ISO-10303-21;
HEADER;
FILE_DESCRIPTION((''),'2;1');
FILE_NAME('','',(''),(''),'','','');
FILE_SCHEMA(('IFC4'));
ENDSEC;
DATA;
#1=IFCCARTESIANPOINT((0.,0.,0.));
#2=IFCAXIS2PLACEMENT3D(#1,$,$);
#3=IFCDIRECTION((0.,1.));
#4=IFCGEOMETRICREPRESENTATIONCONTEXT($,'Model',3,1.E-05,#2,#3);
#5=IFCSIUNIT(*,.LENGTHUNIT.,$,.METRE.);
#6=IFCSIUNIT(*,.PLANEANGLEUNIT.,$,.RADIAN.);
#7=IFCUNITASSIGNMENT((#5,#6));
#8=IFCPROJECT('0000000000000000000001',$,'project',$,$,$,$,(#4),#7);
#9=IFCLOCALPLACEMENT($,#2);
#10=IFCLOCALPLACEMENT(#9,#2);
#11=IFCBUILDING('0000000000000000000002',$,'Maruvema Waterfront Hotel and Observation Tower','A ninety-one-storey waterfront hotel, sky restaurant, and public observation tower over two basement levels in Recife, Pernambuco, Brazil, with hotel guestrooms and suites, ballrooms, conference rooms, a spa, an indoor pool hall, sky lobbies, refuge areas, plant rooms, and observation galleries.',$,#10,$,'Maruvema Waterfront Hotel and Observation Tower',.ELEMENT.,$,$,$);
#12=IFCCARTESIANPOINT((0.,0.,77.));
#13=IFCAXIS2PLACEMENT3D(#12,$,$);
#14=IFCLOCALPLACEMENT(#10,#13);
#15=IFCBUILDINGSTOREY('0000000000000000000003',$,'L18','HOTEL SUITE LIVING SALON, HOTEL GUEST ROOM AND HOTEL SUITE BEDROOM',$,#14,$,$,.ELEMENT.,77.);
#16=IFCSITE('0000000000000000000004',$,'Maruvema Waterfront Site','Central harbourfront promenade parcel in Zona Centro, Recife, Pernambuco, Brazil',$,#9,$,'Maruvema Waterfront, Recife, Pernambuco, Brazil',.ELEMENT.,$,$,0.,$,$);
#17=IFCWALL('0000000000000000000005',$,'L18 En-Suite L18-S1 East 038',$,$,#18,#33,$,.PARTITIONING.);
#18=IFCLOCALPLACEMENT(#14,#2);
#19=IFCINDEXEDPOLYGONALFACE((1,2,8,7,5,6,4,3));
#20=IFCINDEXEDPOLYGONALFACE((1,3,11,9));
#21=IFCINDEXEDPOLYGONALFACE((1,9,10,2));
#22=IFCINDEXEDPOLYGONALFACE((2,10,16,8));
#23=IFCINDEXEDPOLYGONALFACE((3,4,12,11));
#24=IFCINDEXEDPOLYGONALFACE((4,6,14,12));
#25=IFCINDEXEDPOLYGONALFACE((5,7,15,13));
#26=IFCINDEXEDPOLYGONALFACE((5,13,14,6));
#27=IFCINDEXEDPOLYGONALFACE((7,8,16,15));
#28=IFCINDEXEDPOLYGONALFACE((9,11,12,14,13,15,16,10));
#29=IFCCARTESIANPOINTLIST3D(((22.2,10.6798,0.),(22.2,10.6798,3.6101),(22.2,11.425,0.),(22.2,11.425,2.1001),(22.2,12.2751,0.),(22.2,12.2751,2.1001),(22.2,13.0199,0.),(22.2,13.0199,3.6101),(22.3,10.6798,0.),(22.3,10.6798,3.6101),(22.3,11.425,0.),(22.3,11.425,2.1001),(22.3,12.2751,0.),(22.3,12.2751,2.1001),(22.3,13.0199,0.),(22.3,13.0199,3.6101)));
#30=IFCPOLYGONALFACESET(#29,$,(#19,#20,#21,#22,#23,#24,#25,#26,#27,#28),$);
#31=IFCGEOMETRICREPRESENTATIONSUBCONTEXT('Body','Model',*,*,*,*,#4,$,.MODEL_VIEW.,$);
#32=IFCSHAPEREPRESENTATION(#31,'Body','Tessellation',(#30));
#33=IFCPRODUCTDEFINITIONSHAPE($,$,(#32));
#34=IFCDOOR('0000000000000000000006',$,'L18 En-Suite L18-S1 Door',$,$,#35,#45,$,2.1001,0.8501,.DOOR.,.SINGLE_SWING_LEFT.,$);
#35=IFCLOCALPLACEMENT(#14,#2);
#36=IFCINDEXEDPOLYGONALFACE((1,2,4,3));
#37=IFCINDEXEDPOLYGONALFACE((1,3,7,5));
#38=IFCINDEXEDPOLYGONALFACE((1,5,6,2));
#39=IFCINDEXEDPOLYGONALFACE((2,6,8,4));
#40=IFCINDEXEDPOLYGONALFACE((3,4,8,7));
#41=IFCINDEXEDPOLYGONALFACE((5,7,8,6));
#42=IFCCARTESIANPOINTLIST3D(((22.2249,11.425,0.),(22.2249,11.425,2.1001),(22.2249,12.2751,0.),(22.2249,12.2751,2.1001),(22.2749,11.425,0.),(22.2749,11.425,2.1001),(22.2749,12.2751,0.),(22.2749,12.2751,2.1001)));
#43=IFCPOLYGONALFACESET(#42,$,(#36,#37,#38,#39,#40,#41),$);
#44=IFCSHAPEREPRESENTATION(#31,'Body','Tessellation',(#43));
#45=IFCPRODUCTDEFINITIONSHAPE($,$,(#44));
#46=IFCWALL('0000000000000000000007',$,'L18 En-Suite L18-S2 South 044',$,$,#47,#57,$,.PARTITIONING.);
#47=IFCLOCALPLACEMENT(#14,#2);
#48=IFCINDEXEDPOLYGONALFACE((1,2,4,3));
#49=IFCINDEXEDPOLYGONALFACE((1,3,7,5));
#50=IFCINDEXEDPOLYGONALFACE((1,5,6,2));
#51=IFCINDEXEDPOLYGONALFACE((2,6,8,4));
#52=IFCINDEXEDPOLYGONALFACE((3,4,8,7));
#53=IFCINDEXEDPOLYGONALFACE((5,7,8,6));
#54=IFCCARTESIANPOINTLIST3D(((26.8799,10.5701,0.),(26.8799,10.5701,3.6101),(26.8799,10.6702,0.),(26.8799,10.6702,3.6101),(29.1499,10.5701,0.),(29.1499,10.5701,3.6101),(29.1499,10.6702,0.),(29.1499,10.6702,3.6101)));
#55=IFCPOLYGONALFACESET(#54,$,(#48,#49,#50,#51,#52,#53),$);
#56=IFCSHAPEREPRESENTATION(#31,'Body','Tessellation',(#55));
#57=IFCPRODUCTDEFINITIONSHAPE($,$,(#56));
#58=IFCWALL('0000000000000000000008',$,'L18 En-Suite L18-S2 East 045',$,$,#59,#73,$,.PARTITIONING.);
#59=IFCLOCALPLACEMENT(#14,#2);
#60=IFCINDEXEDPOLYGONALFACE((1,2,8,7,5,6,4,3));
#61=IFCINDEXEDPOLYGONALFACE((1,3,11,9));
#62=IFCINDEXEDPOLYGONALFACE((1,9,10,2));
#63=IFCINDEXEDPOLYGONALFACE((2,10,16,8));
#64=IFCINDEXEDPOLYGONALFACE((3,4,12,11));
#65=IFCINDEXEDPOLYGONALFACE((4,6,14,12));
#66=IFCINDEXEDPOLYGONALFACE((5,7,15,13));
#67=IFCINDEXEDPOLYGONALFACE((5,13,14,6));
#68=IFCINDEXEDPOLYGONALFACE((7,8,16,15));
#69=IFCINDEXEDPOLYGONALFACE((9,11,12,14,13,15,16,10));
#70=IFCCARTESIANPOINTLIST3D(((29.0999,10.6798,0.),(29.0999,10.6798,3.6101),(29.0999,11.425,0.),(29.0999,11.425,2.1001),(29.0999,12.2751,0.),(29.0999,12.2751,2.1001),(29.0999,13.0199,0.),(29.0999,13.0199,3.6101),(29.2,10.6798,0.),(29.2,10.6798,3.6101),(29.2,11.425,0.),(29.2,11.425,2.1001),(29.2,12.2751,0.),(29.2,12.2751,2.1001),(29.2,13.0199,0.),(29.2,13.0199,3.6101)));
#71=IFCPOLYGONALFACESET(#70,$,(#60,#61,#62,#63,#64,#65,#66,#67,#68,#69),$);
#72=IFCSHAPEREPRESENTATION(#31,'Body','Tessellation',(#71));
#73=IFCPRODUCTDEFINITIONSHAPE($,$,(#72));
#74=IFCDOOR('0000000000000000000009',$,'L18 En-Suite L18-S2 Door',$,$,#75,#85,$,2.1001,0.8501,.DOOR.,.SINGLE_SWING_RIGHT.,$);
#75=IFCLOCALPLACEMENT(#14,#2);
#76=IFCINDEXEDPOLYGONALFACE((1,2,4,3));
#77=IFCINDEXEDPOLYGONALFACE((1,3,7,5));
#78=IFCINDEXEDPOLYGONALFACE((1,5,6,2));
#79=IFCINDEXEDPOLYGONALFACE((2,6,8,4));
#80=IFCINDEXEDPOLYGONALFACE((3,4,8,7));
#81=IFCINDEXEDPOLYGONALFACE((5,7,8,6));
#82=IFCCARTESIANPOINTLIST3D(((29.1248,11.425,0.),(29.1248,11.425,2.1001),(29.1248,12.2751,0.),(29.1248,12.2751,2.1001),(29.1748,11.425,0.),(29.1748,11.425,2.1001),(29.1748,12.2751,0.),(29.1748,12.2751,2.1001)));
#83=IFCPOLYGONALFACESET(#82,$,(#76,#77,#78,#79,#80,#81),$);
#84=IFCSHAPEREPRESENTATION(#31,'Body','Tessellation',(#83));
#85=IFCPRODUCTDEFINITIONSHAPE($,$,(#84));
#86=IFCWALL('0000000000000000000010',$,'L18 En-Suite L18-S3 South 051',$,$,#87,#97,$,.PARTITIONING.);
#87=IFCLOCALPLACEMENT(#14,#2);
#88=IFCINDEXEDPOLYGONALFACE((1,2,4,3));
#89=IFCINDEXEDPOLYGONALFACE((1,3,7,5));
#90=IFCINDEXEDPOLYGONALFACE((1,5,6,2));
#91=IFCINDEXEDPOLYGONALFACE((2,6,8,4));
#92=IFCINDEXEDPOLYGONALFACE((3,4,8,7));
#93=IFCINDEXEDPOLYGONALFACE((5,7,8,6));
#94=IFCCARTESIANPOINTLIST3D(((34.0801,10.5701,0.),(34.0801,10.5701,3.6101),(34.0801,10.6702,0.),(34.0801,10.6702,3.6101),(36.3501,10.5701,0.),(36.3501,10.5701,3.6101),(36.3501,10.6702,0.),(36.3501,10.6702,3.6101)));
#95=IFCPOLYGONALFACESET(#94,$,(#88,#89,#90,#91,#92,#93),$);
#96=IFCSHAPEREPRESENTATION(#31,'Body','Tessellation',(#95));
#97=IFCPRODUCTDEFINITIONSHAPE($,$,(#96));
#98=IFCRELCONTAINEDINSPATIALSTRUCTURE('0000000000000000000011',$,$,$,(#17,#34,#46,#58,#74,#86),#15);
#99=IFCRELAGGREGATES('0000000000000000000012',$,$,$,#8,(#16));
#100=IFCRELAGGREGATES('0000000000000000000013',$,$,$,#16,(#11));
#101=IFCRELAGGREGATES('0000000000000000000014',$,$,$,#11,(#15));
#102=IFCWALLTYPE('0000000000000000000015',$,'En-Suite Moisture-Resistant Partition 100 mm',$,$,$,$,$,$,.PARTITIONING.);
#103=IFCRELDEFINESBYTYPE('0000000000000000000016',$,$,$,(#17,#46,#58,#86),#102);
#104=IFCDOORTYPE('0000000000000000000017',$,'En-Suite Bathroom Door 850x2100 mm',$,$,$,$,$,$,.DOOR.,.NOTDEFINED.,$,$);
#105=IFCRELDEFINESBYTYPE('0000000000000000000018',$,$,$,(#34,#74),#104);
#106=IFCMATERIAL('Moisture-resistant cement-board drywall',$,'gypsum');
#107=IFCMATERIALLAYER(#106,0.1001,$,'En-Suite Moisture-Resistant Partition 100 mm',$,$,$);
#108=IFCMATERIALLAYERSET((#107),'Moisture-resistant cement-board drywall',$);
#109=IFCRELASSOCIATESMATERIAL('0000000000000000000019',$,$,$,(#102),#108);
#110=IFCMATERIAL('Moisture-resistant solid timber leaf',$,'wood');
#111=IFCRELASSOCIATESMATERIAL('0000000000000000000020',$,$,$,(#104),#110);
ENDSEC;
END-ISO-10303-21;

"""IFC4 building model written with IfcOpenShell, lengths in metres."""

from ifc_helpers import new_model, si_unit, direction, frame, frame_2d, origin, place, context, subcontext, project, spatial, rectangle, extrude, material, layer, layer_set, type_object, element, fill, save


model = new_model("IFC4")

# Units and contexts
model_context = context("Model", 3, precision=1e-05, world=origin(), true_north=direction((0.0, 1.0)))
body_context = subcontext(model_context, "Body", "Model", "MODEL_VIEW")
ifc_project = project(units=[si_unit("LENGTHUNIT", "METRE"), si_unit("PLANEANGLEUNIT", "RADIAN")], contexts=[model_context])

# Site, building, storey
site_placement = place(None, origin())
site = spatial("IfcSite", under=ifc_project, at=site_placement, Name="Maruvema Waterfront Site", Description="Central harbourfront promenade parcel in Zona Centro, Recife, Pernambuco, Brazil", LongName="Maruvema Waterfront, Recife, Pernambuco, Brazil", CompositionType="ELEMENT", RefElevation=0.0)
building_placement = place(site_placement, origin())
building = spatial("IfcBuilding", under=site, at=building_placement, Name="Maruvema Waterfront Hotel and Observation Tower", Description="A ninety-one-storey waterfront hotel, sky restaurant, and public observation tower over two basement levels in Recife, Pernambuco, Brazil, with hotel guestrooms and suites, ballrooms, conference rooms, a spa, an indoor pool hall, sky lobbies, refuge areas, plant rooms, and observation galleries.", LongName="Maruvema Waterfront Hotel and Observation Tower", CompositionType="ELEMENT")
storey_placement = place(building_placement, frame((0.0, 0.0, 77.0)))
storey = spatial("IfcBuildingStorey", under=building, at=storey_placement, Name="L18", Description="HOTEL SUITE LIVING SALON, HOTEL GUEST ROOM AND HOTEL SUITE BEDROOM", CompositionType="ELEMENT", Elevation=77.0)

# Shared definitions
ifc_material_1 = material(Name="Moisture-resistant cement-board drywall", Category="gypsum")
ifc_layer_1 = layer(ifc_material_1, 0.1001, Name="En-Suite Moisture-Resistant Partition 100 mm")
ifc_layer_set_1 = layer_set([ifc_layer_1], Name="Moisture-resistant cement-board drywall")
wall_type_1 = type_object("IfcWallType", Name="En-Suite Moisture-Resistant Partition 100 mm", PredefinedType="PARTITIONING", material=ifc_layer_set_1)

# Wall, opening, door
wall_1_placement = place(storey_placement, frame((22.25, 10.6799, 0.0), z_axis=(0.0, 0.0, 1.0), x_axis=(0.0, 1.0, 0.0)))
wall_1 = element("IfcWall", 1, at=wall_1_placement, inside=storey, type_object=wall_type_1, Name="L18 En-Suite L18-S1 East 038", PredefinedType="PARTITIONING", context=body_context, shape_type="SweptSolid", body=[
    extrude(rectangle(XDim=2.3401, YDim=0.1001, at=frame_2d((1.1699, 0.0))), origin(), (0.0, 0.0, 1.0), 3.6101),
])
opening_1_placement = place(wall_1_placement, frame((0.7451, 0.0, 0.0)))
opening_1 = element("IfcOpeningElement", 2, at=opening_1_placement, cuts=wall_1, PredefinedType="OPENING", context=body_context, shape_type="SweptSolid", body=[
    extrude(rectangle(XDim=0.8501, YDim=2.1001, at=frame_2d((0.425, 1.05))), frame((0.0, 0.0601, 0.0), z_axis=(0.0, -1.0, 0.0), x_axis=(1.0, 0.0, 0.0)), (0.0, 0.0, 1.0), 0.1201),
])
ifc_material_2 = material(Name="Moisture-resistant solid timber leaf", Category="wood")
door_type_1 = type_object("IfcDoorType", Name="En-Suite Bathroom Door 850x2100 mm", OperationType="NOTDEFINED", PredefinedType="DOOR", material=ifc_material_2)
door_1_placement = place(opening_1_placement, frame((0.8501, 0.0, 0.0), z_axis=(0.0, 0.0, 1.0), x_axis=(-1.0, 0.0, 0.0)))
door_1 = element("IfcDoor", 3, at=door_1_placement, inside=storey, type_object=door_type_1, Name="L18 En-Suite L18-S1 Door", OperationType="SINGLE_SWING_LEFT", OverallHeight=2.1001, OverallWidth=0.8501, PredefinedType="DOOR", context=body_context, shape_type="SweptSolid", body=[
    extrude(rectangle(XDim=0.8501, YDim=2.1001, at=frame_2d((0.425, 1.05))), frame((0.0, 0.0249, 0.0), z_axis=(0.0, -1.0, 0.0), x_axis=(1.0, 0.0, 0.0)), (0.0, 0.0, 1.0), 0.05),
])
fill(opening_1, door_1)

# Wall
wall_2_placement = place(storey_placement, frame((26.8799, 10.6201, 0.0), z_axis=(0.0, 0.0, 1.0), x_axis=(1.0, 0.0, 0.0)))
element("IfcWall", 4, at=wall_2_placement, inside=storey, type_object=wall_type_1, Name="L18 En-Suite L18-S2 South 044", PredefinedType="PARTITIONING", context=body_context, shape_type="SweptSolid", body=[
    extrude(rectangle(XDim=2.27, YDim=0.1001, at=frame_2d((1.135, 0.0))), origin(), (0.0, 0.0, 1.0), 3.6101),
])

# Wall, opening, door
wall_3_placement = place(storey_placement, frame((29.1499, 10.6799, 0.0), z_axis=(0.0, 0.0, 1.0), x_axis=(0.0, 1.0, 0.0)))
wall_3 = element("IfcWall", 5, at=wall_3_placement, inside=storey, type_object=wall_type_1, Name="L18 En-Suite L18-S2 East 045", PredefinedType="PARTITIONING", context=body_context, shape_type="SweptSolid", body=[
    extrude(rectangle(XDim=2.3401, YDim=0.1001, at=frame_2d((1.1699, 0.0))), origin(), (0.0, 0.0, 1.0), 3.6101),
])
opening_2_placement = place(wall_3_placement, frame((0.7451, 0.0, 0.0)))
opening_2 = element("IfcOpeningElement", 6, at=opening_2_placement, cuts=wall_3, PredefinedType="OPENING", context=body_context, shape_type="SweptSolid", body=[
    extrude(rectangle(XDim=0.8501, YDim=2.1001, at=frame_2d((0.425, 1.05))), frame((0.0, 0.0601, 0.0), z_axis=(0.0, -1.0, 0.0), x_axis=(1.0, 0.0, 0.0)), (0.0, 0.0, 1.0), 0.1201),
])
door_2_placement = place(opening_2_placement, frame((0.8501, 0.0, 0.0), z_axis=(0.0, 0.0, 1.0), x_axis=(-1.0, 0.0, 0.0)))
door_2 = element("IfcDoor", 7, at=door_2_placement, inside=storey, type_object=door_type_1, Name="L18 En-Suite L18-S2 Door", OperationType="SINGLE_SWING_RIGHT", OverallHeight=2.1001, OverallWidth=0.8501, PredefinedType="DOOR", context=body_context, shape_type="SweptSolid", body=[
    extrude(rectangle(XDim=0.8501, YDim=2.1001, at=frame_2d((0.425, 1.05))), frame((0.0, 0.0249, 0.0), z_axis=(0.0, -1.0, 0.0), x_axis=(1.0, 0.0, 0.0)), (0.0, 0.0, 1.0), 0.05),
])
fill(opening_2, door_2)

# Wall
wall_4_placement = place(storey_placement, frame((34.0801, 10.6201, 0.0), z_axis=(0.0, 0.0, 1.0), x_axis=(1.0, 0.0, 0.0)))
element("IfcWall", 8, at=wall_4_placement, inside=storey, type_object=wall_type_1, Name="L18 En-Suite L18-S3 South 051", PredefinedType="PARTITIONING", context=body_context, shape_type="SweptSolid", body=[
    extrude(rectangle(XDim=2.27, YDim=0.1001, at=frame_2d((1.135, 0.0))), origin(), (0.0, 0.0, 1.0), 3.6101),
])

save(model, "model.ifc")
